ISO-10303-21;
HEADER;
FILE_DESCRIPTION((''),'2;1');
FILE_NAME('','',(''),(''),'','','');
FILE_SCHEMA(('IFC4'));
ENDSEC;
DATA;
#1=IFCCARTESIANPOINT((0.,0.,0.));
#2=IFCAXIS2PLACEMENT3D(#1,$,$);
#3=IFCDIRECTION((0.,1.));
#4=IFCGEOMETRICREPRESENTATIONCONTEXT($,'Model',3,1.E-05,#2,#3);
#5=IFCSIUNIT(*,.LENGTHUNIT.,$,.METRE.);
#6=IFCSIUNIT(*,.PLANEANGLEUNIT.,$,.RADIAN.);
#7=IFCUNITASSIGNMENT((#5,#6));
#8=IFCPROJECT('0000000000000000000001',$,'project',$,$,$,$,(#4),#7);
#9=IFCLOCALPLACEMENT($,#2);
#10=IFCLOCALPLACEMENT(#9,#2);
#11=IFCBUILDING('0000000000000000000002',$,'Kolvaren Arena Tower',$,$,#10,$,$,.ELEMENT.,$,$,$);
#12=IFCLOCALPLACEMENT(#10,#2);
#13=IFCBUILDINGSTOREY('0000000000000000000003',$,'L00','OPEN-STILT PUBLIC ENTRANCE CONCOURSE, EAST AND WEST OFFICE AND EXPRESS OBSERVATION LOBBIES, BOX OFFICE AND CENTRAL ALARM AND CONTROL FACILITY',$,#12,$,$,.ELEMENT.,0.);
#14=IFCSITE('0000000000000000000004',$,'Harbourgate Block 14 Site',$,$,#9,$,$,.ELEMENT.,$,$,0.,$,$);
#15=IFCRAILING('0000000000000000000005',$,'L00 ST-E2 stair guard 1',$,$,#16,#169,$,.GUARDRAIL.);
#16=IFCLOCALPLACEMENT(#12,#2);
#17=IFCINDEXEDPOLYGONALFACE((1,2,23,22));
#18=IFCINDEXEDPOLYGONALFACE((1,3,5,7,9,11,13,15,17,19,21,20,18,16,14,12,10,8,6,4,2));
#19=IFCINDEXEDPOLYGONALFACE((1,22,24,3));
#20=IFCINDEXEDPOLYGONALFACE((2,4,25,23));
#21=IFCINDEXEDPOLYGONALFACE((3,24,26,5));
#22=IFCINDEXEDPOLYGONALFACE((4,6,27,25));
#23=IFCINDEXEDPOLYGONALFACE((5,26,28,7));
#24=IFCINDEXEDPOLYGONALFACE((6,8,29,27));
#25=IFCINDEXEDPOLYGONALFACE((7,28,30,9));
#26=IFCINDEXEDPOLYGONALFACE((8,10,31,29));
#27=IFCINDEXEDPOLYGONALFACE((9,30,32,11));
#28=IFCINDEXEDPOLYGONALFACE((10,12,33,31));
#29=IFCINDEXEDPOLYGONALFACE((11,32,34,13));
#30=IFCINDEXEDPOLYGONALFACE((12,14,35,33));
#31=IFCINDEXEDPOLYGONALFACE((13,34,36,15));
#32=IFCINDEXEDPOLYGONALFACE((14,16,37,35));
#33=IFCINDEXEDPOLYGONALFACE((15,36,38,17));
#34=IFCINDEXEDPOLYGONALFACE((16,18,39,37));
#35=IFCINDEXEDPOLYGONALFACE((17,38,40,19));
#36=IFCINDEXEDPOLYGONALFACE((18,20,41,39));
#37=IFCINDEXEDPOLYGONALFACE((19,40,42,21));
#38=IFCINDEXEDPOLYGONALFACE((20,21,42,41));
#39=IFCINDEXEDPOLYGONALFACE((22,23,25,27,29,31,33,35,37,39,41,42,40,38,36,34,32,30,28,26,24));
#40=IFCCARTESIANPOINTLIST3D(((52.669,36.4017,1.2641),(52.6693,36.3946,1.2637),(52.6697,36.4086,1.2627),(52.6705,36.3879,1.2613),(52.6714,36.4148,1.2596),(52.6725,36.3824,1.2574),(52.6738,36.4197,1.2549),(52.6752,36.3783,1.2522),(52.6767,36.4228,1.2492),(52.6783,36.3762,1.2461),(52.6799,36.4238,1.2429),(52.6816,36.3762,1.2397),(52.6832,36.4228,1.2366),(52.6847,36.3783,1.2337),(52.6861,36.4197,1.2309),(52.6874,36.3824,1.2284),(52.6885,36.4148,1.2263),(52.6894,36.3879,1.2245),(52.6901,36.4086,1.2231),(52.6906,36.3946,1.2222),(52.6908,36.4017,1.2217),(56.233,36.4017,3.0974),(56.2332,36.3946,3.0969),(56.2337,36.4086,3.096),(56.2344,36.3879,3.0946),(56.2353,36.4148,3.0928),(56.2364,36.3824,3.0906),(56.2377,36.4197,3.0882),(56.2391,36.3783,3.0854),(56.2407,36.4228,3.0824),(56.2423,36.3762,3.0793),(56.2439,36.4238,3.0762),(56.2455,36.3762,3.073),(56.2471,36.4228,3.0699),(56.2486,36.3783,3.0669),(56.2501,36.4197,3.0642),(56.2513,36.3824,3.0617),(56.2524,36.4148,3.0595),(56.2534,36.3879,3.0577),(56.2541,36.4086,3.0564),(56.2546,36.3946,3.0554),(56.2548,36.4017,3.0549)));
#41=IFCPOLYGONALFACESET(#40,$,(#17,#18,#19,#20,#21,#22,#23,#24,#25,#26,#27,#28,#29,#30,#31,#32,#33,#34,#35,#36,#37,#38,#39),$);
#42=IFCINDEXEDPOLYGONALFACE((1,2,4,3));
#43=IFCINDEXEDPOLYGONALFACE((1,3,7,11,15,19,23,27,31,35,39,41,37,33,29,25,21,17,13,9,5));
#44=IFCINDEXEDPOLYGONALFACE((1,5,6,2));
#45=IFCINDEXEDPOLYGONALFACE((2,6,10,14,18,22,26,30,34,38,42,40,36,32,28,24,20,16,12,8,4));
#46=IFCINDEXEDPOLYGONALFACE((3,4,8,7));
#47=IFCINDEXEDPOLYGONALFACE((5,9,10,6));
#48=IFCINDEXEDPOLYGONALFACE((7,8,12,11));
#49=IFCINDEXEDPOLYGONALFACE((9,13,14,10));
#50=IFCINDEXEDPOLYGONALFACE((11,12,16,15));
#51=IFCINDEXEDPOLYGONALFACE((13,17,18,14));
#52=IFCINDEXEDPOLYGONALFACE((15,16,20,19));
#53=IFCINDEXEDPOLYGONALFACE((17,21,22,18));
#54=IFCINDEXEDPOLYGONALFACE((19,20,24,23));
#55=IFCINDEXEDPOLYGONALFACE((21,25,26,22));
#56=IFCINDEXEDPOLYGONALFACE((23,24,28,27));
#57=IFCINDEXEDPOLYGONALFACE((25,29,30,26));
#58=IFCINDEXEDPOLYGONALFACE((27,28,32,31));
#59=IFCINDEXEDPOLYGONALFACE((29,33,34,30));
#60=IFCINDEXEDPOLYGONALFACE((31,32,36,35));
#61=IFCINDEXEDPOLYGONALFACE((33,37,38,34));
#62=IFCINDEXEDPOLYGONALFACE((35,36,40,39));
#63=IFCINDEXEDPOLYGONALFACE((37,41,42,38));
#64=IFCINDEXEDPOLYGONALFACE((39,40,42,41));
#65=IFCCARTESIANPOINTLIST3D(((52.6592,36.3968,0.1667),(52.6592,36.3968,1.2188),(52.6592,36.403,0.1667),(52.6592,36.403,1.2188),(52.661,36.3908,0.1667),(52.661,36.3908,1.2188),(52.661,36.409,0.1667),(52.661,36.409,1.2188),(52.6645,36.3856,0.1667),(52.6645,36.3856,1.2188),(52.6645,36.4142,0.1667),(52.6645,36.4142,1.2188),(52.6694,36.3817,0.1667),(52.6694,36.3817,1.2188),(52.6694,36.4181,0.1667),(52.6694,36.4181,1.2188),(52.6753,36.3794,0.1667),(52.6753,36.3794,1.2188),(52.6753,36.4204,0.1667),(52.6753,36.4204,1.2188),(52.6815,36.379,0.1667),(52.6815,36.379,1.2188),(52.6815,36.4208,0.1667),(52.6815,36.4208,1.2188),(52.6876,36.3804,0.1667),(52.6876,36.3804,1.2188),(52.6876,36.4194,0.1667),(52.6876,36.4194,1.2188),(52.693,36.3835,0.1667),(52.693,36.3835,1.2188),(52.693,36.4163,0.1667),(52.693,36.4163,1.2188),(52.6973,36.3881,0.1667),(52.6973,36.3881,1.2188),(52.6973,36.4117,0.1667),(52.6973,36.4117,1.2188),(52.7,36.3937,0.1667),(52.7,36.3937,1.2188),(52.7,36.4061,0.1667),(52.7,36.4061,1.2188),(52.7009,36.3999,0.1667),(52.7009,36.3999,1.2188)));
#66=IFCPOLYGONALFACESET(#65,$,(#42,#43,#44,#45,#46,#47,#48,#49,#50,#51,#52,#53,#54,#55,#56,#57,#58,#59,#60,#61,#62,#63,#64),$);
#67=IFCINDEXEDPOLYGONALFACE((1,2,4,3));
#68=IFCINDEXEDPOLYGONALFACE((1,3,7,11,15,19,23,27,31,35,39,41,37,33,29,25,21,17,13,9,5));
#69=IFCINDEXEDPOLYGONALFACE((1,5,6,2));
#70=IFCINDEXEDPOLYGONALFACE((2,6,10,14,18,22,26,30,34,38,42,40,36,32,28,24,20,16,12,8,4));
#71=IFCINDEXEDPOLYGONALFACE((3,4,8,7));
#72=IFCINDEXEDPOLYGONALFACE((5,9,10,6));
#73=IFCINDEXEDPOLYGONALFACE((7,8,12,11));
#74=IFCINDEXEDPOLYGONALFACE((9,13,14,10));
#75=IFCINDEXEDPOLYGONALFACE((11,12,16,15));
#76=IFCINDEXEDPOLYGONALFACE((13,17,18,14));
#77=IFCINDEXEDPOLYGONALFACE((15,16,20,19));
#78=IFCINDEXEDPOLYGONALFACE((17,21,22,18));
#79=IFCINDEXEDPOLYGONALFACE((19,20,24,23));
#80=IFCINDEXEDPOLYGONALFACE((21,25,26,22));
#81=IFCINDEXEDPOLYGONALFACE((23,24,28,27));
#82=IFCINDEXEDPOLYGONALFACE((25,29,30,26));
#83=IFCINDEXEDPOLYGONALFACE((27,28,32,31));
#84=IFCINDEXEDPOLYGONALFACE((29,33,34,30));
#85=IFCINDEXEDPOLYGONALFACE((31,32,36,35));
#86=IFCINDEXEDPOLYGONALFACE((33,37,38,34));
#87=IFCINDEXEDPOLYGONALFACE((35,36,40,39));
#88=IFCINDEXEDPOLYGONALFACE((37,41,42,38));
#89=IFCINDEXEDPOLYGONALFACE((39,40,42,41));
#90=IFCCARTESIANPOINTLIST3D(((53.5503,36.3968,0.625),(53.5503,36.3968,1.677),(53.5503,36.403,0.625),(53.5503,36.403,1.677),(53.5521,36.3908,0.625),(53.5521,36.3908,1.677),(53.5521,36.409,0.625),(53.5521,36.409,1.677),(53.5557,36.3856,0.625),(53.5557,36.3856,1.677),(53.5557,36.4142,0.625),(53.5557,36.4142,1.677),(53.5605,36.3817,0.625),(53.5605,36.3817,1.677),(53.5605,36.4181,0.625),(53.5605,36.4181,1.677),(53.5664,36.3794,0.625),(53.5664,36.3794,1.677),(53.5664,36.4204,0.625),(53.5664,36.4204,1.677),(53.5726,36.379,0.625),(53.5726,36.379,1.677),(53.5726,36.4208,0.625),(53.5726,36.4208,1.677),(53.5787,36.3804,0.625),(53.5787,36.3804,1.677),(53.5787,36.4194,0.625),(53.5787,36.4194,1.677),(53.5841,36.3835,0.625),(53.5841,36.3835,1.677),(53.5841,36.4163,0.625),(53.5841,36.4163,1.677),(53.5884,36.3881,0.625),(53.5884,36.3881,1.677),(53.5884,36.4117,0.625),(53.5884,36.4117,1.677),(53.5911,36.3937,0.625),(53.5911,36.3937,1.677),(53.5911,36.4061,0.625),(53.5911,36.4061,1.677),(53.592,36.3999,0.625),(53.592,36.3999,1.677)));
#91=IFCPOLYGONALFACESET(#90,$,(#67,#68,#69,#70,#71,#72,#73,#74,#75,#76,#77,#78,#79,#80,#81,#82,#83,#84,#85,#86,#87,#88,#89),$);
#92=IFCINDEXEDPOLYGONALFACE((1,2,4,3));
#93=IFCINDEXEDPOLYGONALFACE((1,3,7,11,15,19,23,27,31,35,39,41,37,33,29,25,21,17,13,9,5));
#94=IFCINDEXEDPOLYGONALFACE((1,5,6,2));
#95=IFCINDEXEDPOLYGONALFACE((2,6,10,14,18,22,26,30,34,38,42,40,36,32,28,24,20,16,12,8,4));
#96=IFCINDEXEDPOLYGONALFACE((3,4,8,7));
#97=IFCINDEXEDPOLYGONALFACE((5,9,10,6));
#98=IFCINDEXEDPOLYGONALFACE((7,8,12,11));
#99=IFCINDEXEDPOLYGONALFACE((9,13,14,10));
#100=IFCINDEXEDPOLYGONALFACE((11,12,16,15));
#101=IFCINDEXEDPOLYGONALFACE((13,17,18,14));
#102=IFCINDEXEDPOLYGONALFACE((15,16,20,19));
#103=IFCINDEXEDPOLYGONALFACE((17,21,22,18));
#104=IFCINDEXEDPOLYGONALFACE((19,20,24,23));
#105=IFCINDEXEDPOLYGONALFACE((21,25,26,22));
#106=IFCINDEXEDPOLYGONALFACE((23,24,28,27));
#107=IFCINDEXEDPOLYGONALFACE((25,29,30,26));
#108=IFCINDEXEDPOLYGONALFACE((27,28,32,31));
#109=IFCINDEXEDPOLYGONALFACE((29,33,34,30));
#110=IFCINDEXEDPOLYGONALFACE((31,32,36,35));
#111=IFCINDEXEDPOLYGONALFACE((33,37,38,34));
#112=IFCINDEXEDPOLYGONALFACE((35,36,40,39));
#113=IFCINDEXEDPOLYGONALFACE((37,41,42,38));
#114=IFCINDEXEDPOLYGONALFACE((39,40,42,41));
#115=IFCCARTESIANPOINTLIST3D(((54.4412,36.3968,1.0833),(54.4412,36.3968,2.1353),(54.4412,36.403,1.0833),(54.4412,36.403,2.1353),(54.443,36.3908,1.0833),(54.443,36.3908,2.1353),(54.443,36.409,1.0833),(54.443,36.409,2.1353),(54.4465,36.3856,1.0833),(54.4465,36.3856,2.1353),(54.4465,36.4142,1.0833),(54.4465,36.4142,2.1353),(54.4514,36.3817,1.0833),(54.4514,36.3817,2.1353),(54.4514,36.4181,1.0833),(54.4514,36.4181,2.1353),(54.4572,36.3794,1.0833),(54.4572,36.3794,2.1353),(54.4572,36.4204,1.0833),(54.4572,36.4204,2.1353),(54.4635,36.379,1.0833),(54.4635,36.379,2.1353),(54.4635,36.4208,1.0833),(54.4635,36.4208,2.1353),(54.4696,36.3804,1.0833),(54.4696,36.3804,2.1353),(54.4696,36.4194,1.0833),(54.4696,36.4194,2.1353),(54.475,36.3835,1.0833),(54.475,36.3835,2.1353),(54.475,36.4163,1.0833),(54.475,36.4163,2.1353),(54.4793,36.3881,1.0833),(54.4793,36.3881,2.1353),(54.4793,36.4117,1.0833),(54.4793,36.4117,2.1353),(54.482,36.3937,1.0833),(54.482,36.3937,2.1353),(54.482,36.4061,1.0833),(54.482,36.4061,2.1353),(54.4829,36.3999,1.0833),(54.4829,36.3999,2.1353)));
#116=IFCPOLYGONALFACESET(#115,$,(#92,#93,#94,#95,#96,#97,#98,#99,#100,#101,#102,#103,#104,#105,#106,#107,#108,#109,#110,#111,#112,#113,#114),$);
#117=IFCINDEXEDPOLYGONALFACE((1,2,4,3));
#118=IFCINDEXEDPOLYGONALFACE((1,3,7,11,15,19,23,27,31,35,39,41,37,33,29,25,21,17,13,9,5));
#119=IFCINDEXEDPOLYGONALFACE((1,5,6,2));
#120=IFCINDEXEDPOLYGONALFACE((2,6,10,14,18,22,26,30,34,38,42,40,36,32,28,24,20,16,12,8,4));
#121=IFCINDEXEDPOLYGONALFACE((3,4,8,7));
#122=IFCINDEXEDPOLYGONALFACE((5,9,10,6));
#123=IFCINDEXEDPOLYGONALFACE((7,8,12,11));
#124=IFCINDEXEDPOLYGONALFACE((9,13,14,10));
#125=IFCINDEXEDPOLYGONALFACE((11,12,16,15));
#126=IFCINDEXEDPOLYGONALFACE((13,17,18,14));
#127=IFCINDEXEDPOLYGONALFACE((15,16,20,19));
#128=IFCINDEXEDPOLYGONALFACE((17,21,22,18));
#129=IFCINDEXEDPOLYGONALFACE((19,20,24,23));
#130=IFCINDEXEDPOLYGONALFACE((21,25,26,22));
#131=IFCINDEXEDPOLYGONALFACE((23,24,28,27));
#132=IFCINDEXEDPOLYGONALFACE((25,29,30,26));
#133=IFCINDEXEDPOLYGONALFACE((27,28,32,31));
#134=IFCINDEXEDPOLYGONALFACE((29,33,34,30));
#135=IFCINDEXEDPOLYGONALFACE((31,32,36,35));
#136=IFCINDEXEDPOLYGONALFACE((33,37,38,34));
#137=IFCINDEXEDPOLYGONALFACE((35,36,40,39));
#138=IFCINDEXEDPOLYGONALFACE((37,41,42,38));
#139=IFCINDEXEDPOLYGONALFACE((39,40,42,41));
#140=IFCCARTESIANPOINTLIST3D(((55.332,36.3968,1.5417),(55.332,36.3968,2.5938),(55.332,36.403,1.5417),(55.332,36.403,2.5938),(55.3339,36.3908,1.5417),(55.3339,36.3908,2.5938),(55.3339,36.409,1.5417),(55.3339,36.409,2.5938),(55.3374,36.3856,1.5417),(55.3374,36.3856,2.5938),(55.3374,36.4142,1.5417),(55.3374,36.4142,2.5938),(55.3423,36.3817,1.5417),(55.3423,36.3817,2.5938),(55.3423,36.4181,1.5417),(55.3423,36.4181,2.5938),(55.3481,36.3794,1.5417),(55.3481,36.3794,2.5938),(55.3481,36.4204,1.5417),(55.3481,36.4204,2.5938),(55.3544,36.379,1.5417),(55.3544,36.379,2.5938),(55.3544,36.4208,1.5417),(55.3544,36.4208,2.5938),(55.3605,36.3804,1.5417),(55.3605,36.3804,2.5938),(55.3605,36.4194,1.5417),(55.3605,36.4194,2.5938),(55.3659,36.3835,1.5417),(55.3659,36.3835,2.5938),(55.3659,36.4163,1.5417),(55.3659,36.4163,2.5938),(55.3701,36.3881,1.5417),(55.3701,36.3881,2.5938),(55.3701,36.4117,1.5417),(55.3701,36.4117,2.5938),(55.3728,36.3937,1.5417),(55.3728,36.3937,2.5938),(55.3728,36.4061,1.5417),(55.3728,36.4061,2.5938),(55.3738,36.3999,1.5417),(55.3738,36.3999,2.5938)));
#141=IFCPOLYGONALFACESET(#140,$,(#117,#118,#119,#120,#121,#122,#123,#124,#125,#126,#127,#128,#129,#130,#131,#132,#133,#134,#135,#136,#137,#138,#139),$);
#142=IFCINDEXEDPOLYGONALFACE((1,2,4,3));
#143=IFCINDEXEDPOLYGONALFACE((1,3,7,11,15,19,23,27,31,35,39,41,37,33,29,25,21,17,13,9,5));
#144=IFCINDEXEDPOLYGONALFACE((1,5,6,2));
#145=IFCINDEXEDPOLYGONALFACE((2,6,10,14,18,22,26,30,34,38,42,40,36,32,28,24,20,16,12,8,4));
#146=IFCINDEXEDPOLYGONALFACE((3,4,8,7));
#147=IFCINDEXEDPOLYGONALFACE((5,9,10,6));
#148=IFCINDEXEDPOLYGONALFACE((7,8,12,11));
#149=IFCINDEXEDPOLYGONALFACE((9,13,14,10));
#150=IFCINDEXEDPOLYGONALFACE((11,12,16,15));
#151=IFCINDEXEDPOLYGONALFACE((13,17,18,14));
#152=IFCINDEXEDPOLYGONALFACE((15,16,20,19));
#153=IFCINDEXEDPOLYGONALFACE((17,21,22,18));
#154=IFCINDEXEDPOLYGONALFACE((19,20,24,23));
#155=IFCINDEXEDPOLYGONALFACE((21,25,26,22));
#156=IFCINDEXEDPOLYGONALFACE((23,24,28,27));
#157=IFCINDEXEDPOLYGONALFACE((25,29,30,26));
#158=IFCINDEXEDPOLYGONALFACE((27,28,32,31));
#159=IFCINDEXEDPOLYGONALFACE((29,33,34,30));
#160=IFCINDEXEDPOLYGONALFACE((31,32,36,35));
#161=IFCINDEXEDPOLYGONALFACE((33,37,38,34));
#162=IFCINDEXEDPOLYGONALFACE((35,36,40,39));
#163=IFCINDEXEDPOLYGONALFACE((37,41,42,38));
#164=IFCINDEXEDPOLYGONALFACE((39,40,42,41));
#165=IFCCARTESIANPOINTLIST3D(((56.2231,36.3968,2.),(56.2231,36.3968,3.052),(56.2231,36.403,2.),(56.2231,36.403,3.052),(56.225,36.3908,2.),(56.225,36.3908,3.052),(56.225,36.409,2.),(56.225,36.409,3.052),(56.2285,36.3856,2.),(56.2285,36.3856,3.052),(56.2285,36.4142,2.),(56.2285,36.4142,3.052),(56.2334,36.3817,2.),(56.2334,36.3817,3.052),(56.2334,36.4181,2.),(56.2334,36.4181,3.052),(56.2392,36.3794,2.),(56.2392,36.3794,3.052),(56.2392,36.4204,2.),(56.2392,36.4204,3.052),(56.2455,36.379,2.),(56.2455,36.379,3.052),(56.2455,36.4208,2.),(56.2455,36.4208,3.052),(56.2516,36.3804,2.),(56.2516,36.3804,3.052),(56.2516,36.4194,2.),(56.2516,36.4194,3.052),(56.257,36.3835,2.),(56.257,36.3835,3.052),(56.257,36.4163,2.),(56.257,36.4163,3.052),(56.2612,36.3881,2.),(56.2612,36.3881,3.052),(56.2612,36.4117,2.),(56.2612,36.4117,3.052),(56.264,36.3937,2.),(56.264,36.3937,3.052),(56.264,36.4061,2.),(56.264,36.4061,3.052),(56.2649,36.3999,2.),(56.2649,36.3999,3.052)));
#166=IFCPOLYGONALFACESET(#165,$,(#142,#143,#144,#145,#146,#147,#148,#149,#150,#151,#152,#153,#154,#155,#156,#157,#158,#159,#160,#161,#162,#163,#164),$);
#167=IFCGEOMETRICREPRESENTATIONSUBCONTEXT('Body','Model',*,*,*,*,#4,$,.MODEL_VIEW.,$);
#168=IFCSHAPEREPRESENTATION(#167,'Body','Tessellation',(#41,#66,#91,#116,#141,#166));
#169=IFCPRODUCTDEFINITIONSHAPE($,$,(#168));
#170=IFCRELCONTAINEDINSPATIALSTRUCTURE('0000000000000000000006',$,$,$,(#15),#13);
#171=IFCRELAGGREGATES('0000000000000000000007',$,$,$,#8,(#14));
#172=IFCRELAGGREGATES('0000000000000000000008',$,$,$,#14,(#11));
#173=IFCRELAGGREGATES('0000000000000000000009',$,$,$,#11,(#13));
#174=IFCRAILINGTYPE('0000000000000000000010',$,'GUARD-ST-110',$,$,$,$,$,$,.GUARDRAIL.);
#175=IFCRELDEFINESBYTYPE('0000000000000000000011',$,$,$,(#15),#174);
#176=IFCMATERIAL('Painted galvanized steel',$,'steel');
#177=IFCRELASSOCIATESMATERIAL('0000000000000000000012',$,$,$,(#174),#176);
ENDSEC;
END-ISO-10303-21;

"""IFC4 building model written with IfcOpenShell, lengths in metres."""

from ifc_helpers import new_model, si_unit, direction, frame, origin, origin_2d, place, context, subcontext, project, spatial, circle, extrude, material, type_object, element, save


model = new_model("IFC4")

# Units and contexts
model_context = context("Model", 3, precision=1e-05, world=origin(), true_north=direction((0.0, 1.0)))
body_context = subcontext(model_context, "Body", "Model", "MODEL_VIEW")
ifc_project = project(units=[si_unit("LENGTHUNIT", "METRE"), si_unit("PLANEANGLEUNIT", "RADIAN")], contexts=[model_context])

# Site, building, storey
site_placement = place(None, origin())
site = spatial("IfcSite", under=ifc_project, at=site_placement, Name="Harbourgate Block 14 Site", CompositionType="ELEMENT", RefElevation=0.0)
building_placement = place(site_placement, origin())
building = spatial("IfcBuilding", under=site, at=building_placement, Name="Kolvaren Arena Tower", CompositionType="ELEMENT")
storey_placement = place(building_placement, origin())
storey = spatial("IfcBuildingStorey", under=building, at=storey_placement, Name="L00", Description="OPEN-STILT PUBLIC ENTRANCE CONCOURSE, EAST AND WEST OFFICE AND EXPRESS OBSERVATION LOBBIES, BOX OFFICE AND CENTRAL ALARM AND CONTROL FACILITY", CompositionType="ELEMENT", Elevation=0.0)

# Railing
ifc_material_1 = material(Name="Painted galvanized steel", Category="steel")
railing_type_1 = type_object("IfcRailingType", Name="GUARD-ST-110", PredefinedType="GUARDRAIL", material=ifc_material_1)
railing_1_placement = place(storey_placement, frame((52.6799, 36.3999, 0.1667)))
element("IfcRailing", 1, at=railing_1_placement, inside=storey, type_object=railing_type_1, Name="L00 ST-E2 stair guard 1", PredefinedType="GUARDRAIL", context=body_context, shape_type="SweptSolid", body=[
    extrude(circle(Radius=0.0239, at=origin_2d()), frame((0.0, 0.0, 1.0762), z_axis=(0.889252, 0.0, 0.457418), x_axis=(0.0, 1.0, 0.0)), (0.0, 0.0, 1.0), 4.0078),
    extrude(circle(Radius=0.021, at=origin_2d()), origin(), (0.0, 0.0, 1.0), 1.052),
    extrude(circle(Radius=0.021, at=origin_2d()), frame((0.8911, 0.0, 0.4583)), (0.0, 0.0, 1.0), 1.052),
    extrude(circle(Radius=0.021, at=origin_2d()), frame((1.782, 0.0, 0.9165)), (0.0, 0.0, 1.0), 1.052),
    extrude(circle(Radius=0.021, at=origin_2d()), frame((2.6729, 0.0, 1.375)), (0.0, 0.0, 1.0), 1.052),
    extrude(circle(Radius=0.021, at=origin_2d()), frame((3.564, 0.0, 1.8333)), (0.0, 0.0, 1.0), 1.052),
])

save(model, "model.ifc")
